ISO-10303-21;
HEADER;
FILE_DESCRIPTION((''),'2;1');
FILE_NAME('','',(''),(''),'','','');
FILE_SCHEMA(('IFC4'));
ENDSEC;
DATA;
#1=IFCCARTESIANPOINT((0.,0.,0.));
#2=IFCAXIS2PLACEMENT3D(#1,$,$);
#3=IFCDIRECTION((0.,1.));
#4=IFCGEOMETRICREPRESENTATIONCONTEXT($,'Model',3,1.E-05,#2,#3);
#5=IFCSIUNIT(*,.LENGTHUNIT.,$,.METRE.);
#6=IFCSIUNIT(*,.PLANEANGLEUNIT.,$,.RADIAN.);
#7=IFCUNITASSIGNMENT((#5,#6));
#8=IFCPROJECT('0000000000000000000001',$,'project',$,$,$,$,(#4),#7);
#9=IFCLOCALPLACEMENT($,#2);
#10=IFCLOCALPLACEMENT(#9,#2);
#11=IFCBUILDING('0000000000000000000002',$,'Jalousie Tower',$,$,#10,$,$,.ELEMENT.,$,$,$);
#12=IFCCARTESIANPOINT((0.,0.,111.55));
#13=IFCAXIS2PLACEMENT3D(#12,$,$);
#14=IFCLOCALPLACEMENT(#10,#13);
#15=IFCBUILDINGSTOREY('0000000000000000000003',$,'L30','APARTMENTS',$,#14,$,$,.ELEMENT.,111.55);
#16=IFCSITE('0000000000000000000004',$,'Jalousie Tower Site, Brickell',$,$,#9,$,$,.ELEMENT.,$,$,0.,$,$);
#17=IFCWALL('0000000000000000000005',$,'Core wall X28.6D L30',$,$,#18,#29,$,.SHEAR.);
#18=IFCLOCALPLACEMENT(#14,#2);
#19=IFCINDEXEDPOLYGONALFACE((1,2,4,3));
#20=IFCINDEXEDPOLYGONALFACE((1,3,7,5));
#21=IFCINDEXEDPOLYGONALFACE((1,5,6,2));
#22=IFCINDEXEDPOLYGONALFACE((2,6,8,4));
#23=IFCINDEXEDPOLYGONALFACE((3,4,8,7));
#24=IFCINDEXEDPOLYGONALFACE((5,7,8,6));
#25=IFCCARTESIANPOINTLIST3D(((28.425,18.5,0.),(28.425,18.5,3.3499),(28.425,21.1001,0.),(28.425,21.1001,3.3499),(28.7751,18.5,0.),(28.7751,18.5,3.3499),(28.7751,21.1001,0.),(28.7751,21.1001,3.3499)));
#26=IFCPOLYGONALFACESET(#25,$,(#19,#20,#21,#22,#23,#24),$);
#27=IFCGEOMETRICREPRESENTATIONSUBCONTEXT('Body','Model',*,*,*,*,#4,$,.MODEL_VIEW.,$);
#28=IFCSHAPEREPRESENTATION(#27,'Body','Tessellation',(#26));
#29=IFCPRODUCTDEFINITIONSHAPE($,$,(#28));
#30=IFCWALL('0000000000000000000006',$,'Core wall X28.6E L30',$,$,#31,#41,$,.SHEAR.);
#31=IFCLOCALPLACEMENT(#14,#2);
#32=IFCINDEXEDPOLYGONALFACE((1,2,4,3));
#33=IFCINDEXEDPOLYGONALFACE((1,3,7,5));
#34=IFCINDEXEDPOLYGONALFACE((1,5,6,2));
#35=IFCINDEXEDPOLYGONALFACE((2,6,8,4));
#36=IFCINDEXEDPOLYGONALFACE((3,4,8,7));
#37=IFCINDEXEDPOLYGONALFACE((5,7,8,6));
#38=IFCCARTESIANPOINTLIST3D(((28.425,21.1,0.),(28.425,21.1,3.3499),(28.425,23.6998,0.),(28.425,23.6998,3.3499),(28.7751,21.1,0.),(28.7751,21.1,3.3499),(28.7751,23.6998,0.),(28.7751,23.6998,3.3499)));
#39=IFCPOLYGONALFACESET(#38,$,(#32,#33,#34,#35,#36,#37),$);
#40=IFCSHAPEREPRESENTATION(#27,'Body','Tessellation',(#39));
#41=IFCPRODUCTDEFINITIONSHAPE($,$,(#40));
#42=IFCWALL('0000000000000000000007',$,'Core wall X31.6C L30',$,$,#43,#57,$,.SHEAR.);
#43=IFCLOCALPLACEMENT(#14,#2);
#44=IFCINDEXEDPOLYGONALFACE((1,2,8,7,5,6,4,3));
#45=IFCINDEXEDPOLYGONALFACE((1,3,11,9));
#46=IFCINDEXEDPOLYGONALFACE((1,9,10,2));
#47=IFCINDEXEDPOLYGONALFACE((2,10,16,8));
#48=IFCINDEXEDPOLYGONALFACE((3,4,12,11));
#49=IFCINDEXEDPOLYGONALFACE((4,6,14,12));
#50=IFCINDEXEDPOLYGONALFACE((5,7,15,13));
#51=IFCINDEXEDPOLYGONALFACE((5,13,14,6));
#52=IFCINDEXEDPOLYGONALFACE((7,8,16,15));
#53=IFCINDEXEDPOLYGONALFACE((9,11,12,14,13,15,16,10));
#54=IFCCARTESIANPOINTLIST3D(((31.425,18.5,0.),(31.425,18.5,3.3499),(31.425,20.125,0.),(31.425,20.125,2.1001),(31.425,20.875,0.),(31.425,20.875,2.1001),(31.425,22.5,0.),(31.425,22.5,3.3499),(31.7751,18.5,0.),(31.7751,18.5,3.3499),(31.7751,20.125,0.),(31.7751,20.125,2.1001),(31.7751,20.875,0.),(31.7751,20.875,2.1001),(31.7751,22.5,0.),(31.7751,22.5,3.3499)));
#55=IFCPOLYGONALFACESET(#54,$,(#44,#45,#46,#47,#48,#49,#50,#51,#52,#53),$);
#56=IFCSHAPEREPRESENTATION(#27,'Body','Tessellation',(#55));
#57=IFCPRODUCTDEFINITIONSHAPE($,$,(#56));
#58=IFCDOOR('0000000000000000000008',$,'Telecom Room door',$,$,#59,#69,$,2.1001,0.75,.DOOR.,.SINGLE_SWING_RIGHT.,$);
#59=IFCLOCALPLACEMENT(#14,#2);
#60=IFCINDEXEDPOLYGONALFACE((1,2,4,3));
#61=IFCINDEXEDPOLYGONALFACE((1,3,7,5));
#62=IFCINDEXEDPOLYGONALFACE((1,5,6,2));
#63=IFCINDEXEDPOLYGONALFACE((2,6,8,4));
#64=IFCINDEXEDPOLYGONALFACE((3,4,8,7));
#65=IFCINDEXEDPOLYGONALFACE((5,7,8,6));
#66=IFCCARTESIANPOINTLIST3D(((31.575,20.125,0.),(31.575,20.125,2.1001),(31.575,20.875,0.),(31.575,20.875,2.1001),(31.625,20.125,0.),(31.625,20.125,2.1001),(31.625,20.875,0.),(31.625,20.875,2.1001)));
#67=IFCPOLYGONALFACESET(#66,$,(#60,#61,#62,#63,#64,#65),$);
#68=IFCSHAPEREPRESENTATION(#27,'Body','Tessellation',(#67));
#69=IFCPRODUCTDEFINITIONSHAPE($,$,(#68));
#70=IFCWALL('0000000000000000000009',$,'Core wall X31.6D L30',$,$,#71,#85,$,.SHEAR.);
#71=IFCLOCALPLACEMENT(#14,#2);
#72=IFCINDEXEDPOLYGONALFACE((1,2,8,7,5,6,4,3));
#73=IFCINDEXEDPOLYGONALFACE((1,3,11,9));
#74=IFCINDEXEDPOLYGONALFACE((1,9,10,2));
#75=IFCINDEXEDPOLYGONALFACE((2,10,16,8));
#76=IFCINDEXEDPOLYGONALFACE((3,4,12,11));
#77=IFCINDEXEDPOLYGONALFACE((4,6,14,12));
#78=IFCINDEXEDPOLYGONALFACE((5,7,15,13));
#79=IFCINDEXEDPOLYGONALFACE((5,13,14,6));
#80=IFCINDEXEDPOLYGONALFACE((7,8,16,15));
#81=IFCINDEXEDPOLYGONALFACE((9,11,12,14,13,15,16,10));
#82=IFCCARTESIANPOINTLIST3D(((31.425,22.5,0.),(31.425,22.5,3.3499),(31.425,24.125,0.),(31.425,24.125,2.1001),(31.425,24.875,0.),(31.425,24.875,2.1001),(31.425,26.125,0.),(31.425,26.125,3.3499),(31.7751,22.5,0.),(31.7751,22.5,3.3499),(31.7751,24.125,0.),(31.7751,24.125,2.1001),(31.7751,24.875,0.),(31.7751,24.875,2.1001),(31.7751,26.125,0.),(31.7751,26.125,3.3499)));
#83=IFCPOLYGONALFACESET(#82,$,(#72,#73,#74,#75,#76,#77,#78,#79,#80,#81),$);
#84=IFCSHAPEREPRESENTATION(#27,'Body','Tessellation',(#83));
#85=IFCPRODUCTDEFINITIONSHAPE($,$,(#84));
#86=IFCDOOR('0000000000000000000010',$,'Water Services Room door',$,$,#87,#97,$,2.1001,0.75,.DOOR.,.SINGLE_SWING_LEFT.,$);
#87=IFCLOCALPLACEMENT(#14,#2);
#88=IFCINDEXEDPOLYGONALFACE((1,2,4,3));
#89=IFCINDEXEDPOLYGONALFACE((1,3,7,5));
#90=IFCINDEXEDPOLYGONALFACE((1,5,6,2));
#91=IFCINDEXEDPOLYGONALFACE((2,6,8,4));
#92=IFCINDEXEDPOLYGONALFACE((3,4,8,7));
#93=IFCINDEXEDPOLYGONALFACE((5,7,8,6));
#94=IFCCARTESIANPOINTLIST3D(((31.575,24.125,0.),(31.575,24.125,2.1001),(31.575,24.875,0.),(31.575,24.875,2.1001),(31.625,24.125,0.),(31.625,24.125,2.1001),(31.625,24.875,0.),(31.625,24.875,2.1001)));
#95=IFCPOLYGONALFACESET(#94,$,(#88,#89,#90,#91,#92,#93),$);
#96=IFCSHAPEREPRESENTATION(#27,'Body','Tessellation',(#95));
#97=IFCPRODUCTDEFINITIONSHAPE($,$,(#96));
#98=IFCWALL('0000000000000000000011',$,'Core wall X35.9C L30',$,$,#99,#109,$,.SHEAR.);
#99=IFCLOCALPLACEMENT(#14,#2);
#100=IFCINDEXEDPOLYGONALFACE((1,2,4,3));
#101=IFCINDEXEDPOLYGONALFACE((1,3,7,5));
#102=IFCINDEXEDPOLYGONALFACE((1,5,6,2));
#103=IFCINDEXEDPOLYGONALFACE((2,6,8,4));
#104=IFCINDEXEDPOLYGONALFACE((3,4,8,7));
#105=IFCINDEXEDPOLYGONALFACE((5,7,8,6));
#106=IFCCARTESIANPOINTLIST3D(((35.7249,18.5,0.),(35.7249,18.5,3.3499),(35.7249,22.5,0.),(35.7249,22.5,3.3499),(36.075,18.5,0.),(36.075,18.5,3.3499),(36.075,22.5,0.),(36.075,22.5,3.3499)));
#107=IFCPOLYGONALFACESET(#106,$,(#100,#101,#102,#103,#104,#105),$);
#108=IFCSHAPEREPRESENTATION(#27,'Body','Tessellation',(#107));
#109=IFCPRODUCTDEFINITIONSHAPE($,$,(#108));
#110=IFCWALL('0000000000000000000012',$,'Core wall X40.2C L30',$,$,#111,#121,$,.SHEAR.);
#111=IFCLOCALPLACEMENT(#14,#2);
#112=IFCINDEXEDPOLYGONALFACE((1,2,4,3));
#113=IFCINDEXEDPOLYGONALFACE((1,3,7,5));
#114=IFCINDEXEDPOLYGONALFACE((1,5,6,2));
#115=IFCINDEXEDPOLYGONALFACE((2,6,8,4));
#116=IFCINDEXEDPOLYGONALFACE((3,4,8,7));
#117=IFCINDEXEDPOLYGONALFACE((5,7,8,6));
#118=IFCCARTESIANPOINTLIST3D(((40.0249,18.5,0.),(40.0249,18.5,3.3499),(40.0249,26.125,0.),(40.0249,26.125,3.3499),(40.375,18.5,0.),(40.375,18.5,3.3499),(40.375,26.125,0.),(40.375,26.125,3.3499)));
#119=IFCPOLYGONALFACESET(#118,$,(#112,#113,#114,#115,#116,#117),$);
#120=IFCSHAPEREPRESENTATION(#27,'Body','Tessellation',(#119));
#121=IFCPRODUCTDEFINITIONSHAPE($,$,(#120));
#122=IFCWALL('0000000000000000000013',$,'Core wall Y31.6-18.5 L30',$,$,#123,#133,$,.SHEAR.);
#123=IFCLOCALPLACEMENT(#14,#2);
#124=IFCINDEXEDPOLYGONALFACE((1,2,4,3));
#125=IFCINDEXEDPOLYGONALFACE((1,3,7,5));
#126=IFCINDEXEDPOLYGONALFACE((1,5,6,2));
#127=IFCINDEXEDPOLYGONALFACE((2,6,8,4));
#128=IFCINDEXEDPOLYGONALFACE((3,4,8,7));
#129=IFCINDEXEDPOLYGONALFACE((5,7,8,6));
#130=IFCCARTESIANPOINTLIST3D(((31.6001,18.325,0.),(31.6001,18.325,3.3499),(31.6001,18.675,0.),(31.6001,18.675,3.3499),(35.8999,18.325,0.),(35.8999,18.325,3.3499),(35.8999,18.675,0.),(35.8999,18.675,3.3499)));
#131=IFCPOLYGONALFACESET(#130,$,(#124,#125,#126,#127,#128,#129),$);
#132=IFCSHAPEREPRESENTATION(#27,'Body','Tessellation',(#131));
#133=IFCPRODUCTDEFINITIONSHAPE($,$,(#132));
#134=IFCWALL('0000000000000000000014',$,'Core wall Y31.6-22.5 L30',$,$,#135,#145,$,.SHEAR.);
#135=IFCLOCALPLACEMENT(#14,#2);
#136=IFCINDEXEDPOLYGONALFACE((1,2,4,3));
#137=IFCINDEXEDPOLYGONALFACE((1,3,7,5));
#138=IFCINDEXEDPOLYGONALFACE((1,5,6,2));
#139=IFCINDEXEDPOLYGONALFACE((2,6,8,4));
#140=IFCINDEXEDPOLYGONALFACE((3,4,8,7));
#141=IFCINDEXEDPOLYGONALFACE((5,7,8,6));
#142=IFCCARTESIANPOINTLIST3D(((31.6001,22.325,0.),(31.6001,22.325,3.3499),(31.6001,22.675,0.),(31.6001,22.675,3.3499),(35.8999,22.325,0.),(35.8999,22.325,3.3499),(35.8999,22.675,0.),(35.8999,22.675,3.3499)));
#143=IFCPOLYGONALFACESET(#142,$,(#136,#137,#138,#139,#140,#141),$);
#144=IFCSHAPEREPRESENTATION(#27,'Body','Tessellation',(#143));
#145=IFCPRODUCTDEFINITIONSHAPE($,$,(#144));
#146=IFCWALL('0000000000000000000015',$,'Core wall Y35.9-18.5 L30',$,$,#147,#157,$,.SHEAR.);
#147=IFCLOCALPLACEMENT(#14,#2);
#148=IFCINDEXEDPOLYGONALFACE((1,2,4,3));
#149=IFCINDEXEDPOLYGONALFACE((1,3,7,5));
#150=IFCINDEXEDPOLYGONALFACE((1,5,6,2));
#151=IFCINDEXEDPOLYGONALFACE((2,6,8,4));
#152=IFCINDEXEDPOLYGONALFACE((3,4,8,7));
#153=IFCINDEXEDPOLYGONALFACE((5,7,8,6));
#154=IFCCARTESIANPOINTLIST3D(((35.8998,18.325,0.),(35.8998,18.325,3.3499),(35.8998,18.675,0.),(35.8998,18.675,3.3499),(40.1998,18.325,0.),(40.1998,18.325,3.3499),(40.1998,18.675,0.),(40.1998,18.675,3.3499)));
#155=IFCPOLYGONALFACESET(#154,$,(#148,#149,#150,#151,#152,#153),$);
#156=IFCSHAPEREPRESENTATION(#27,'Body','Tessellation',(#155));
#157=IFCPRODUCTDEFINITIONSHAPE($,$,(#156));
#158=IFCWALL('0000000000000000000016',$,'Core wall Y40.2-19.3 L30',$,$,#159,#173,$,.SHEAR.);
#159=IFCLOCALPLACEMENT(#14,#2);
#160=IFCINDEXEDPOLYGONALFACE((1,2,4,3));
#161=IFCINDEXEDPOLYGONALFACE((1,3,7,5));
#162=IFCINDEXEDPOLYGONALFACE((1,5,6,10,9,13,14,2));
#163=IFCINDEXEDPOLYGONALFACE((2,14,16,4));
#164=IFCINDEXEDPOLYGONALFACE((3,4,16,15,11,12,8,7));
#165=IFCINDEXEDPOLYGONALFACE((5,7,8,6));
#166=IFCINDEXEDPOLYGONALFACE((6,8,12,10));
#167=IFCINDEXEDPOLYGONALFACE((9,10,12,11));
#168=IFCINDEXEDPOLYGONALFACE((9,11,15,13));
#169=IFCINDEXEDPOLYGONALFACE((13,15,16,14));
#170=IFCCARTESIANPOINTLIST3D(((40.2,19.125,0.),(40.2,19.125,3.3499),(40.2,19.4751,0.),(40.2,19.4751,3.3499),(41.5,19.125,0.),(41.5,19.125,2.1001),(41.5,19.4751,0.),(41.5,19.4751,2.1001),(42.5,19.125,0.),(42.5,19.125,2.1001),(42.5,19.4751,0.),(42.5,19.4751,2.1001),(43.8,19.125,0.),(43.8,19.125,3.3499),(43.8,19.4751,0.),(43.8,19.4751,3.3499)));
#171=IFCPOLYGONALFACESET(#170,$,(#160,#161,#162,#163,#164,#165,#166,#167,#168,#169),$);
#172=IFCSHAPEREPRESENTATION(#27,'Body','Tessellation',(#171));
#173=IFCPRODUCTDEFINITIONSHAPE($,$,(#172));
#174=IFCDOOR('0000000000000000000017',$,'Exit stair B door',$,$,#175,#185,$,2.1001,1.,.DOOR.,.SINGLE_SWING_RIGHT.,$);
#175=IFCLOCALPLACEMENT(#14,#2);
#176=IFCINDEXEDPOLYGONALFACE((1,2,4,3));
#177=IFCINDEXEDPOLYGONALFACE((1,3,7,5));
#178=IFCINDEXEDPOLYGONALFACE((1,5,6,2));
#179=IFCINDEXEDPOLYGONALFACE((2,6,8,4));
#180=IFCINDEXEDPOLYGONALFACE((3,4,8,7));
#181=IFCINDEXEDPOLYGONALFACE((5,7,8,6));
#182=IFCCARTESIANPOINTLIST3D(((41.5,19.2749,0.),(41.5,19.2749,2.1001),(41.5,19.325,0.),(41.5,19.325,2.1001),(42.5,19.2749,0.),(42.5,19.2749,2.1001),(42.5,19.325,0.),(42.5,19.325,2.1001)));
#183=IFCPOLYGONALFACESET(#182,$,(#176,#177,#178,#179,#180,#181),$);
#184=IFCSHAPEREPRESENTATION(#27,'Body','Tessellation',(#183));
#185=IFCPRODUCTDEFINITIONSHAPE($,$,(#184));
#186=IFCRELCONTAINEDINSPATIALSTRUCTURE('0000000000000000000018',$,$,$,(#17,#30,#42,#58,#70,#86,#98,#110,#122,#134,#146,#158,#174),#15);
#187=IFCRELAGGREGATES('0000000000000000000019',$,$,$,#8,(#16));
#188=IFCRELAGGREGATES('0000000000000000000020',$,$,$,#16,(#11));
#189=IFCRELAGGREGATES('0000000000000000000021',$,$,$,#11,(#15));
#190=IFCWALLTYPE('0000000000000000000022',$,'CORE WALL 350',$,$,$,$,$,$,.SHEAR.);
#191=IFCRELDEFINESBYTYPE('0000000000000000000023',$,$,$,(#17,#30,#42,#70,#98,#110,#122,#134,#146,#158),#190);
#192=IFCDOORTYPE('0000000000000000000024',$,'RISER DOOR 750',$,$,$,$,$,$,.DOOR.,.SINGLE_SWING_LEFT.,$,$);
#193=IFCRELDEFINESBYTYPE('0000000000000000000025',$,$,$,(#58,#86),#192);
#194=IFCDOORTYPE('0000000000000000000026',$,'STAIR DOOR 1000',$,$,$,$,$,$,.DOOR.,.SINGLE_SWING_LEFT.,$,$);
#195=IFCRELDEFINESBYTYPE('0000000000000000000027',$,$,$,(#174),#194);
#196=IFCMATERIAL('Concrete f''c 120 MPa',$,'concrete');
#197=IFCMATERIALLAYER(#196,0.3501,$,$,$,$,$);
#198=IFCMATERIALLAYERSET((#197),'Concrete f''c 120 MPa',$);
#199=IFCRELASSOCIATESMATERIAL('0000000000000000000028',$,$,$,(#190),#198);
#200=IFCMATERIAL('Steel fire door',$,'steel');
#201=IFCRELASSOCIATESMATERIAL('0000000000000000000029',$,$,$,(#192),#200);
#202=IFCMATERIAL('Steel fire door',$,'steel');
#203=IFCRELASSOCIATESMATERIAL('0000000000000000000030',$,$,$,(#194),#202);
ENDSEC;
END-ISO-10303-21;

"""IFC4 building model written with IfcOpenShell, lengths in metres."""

from ifc_helpers import new_model, si_unit, direction, frame, frame_2d, origin, place, context, subcontext, project, spatial, rectangle, extrude, material, layer, layer_set, type_object, element, fill, save


model = new_model("IFC4")

# Units and contexts
model_context = context("Model", 3, precision=1e-05, world=origin(), true_north=direction((0.0, 1.0)))
body_context = subcontext(model_context, "Body", "Model", "MODEL_VIEW")
ifc_project = project(units=[si_unit("LENGTHUNIT", "METRE"), si_unit("PLANEANGLEUNIT", "RADIAN")], contexts=[model_context])

# Site, building, storey
site_placement = place(None, origin())
site = spatial("IfcSite", under=ifc_project, at=site_placement, Name="Jalousie Tower Site, Brickell", CompositionType="ELEMENT", RefElevation=0.0)
building_placement = place(site_placement, origin())
building = spatial("IfcBuilding", under=site, at=building_placement, Name="Jalousie Tower", CompositionType="ELEMENT")
storey_placement = place(building_placement, frame((0.0, 0.0, 111.55)))
storey = spatial("IfcBuildingStorey", under=building, at=storey_placement, Name="L30", Description="APARTMENTS", CompositionType="ELEMENT", Elevation=111.55)

# Walls
ifc_material_1 = material(Name="Concrete f'c 120 MPa", Category="concrete")
ifc_layer = layer(ifc_material_1, 0.3501)
ifc_layer_set = layer_set([ifc_layer], Name="Concrete f'c 120 MPa")
wall_type_1 = type_object("IfcWallType", Name="CORE WALL 350", PredefinedType="SHEAR", material=ifc_layer_set)
wall_1_placement = place(storey_placement, frame((28.6001, 18.5, 0.0), z_axis=(0.0, 0.0, 1.0), x_axis=(0.0, 1.0, 0.0)))
element("IfcWall", 1, at=wall_1_placement, inside=storey, type_object=wall_type_1, Name="Core wall X28.6D L30", PredefinedType="SHEAR", context=body_context, shape_type="SweptSolid", body=[
    extrude(rectangle(XDim=2.6001, YDim=0.3501, at=frame_2d((1.3, 0.0))), origin(), (0.0, 0.0, 1.0), 3.3499),
])
wall_2_placement = place(storey_placement, frame((28.6001, 21.1001, 0.0), z_axis=(0.0, 0.0, 1.0), x_axis=(0.0, 1.0, 0.0)))
element("IfcWall", 2, at=wall_2_placement, inside=storey, type_object=wall_type_1, Name="Core wall X28.6E L30", PredefinedType="SHEAR", context=body_context, shape_type="SweptSolid", body=[
    extrude(rectangle(XDim=2.5999, YDim=0.3501, at=frame_2d((1.2998, 0.0))), origin(), (0.0, 0.0, 1.0), 3.3499),
])

# Walls, openings, doors
wall_3_placement = place(storey_placement, frame((31.6001, 18.5, 0.0), z_axis=(0.0, 0.0, 1.0), x_axis=(0.0, 1.0, 0.0)))
wall_3 = element("IfcWall", 3, at=wall_3_placement, inside=storey, type_object=wall_type_1, Name="Core wall X31.6C L30", PredefinedType="SHEAR", context=body_context, shape_type="SweptSolid", body=[
    extrude(rectangle(XDim=4.0, YDim=0.3501, at=frame_2d((2.0, 0.0))), origin(), (0.0, 0.0, 1.0), 3.3499),
])
opening_1_placement = place(wall_3_placement, frame((1.625, 0.0, 0.0)))
opening_1 = element("IfcOpeningElement", 4, at=opening_1_placement, cuts=wall_3, PredefinedType="OPENING", context=body_context, shape_type="SweptSolid", body=[
    extrude(rectangle(XDim=0.75, YDim=2.1001, at=frame_2d((0.375, 1.05))), frame((0.0, 0.1851, 0.0), z_axis=(0.0, -1.0, 0.0), x_axis=(1.0, 0.0, 0.0)), (0.0, 0.0, 1.0), 0.3701),
])
ifc_material_2 = material(Name="Steel fire door", Category="steel")
door_type_1 = type_object("IfcDoorType", Name="RISER DOOR 750", OperationType="SINGLE_SWING_LEFT", PredefinedType="DOOR", material=ifc_material_2)
door_1_placement = place(opening_1_placement, frame((0.75, 0.0, 0.0), z_axis=(0.0, 0.0, 1.0), x_axis=(-1.0, 0.0, 0.0)))
door_1 = element("IfcDoor", 5, at=door_1_placement, inside=storey, type_object=door_type_1, Name="Telecom Room door", OperationType="SINGLE_SWING_RIGHT", OverallHeight=2.1001, OverallWidth=0.75, PredefinedType="DOOR", context=body_context, shape_type="SweptSolid", body=[
    extrude(rectangle(XDim=0.75, YDim=2.1001, at=frame_2d((0.375, 1.05))), frame((0.0, 0.0249, 0.0), z_axis=(0.0, -1.0, 0.0), x_axis=(1.0, 0.0, 0.0)), (0.0, 0.0, 1.0), 0.05),
])
fill(opening_1, door_1)
wall_4_placement = place(storey_placement, frame((31.6001, 22.5, 0.0), z_axis=(0.0, 0.0, 1.0), x_axis=(0.0, 1.0, 0.0)))
wall_4 = element("IfcWall", 6, at=wall_4_placement, inside=storey, type_object=wall_type_1, Name="Core wall X31.6D L30", PredefinedType="SHEAR", context=body_context, shape_type="SweptSolid", body=[
    extrude(rectangle(XDim=3.625, YDim=0.3501, at=frame_2d((1.8125, 0.0))), origin(), (0.0, 0.0, 1.0), 3.3499),
])
opening_2_placement = place(wall_4_placement, frame((1.625, 0.0, 0.0)))
opening_2 = element("IfcOpeningElement", 7, at=opening_2_placement, cuts=wall_4, PredefinedType="OPENING", context=body_context, shape_type="SweptSolid", body=[
    extrude(rectangle(XDim=0.75, YDim=2.1001, at=frame_2d((0.375, 1.05))), frame((0.0, 0.1851, 0.0), z_axis=(0.0, -1.0, 0.0), x_axis=(1.0, 0.0, 0.0)), (0.0, 0.0, 1.0), 0.3701),
])
door_2_placement = place(opening_2_placement, frame((0.75, 0.0, 0.0), z_axis=(0.0, 0.0, 1.0), x_axis=(-1.0, 0.0, 0.0)))
door_2 = element("IfcDoor", 8, at=door_2_placement, inside=storey, type_object=door_type_1, Name="Water Services Room door", OperationType="SINGLE_SWING_LEFT", OverallHeight=2.1001, OverallWidth=0.75, PredefinedType="DOOR", context=body_context, shape_type="SweptSolid", body=[
    extrude(rectangle(XDim=0.75, YDim=2.1001, at=frame_2d((0.375, 1.05))), frame((0.0, 0.0249, 0.0), z_axis=(0.0, -1.0, 0.0), x_axis=(1.0, 0.0, 0.0)), (0.0, 0.0, 1.0), 0.05),
])
fill(opening_2, door_2)

# Walls
wall_5_placement = place(storey_placement, frame((35.8999, 18.5, 0.0), z_axis=(0.0, 0.0, 1.0), x_axis=(0.0, 1.0, 0.0)))
element("IfcWall", 9, at=wall_5_placement, inside=storey, type_object=wall_type_1, Name="Core wall X35.9C L30", PredefinedType="SHEAR", context=body_context, shape_type="SweptSolid", body=[
    extrude(rectangle(XDim=4.0, YDim=0.3501, at=frame_2d((2.0, 0.0))), origin(), (0.0, 0.0, 1.0), 3.3499),
])
wall_6_placement = place(storey_placement, frame((40.2, 18.5, 0.0), z_axis=(0.0, 0.0, 1.0), x_axis=(0.0, 1.0, 0.0)))
element("IfcWall", 10, at=wall_6_placement, inside=storey, type_object=wall_type_1, Name="Core wall X40.2C L30", PredefinedType="SHEAR", context=body_context, shape_type="SweptSolid", body=[
    extrude(rectangle(XDim=7.625, YDim=0.3501, at=frame_2d((3.8125, 0.0))), origin(), (0.0, 0.0, 1.0), 3.3499),
])
for number, where, z_axis, x_axis, name in (
    (11, (31.6001, 18.5, 0.0), (0.0, 0.0, 1.0), (1.0, 0.0, 0.0), "Core wall Y31.6-18.5 L30"),
    (12, (31.6001, 22.5, 0.0), (0.0, 0.0, 1.0), (1.0, 0.0, 0.0), "Core wall Y31.6-22.5 L30"),
):
    element("IfcWall", number, at=place(storey_placement, frame(where, z_axis=z_axis, x_axis=x_axis)), inside=storey, type_object=wall_type_1, Name=name, PredefinedType="SHEAR", context=body_context, shape_type="SweptSolid", body=[
        extrude(rectangle(XDim=4.2998, YDim=0.3501, at=frame_2d((2.1499, 0.0))), origin(), (0.0, 0.0, 1.0), 3.3499),
    ])
wall_7_placement = place(storey_placement, frame((35.8999, 18.5, 0.0), z_axis=(0.0, 0.0, 1.0), x_axis=(1.0, 0.0, 0.0)))
element("IfcWall", 13, at=wall_7_placement, inside=storey, type_object=wall_type_1, Name="Core wall Y35.9-18.5 L30", PredefinedType="SHEAR", context=body_context, shape_type="SweptSolid", body=[
    extrude(rectangle(XDim=4.3, YDim=0.3501, at=frame_2d((2.1499, 0.0))), origin(), (0.0, 0.0, 1.0), 3.3499),
])

# Wall, opening, door
wall_8_placement = place(storey_placement, frame((40.2, 19.3, 0.0), z_axis=(0.0, 0.0, 1.0), x_axis=(1.0, 0.0, 0.0)))
wall_8 = element("IfcWall", 14, at=wall_8_placement, inside=storey, type_object=wall_type_1, Name="Core wall Y40.2-19.3 L30", PredefinedType="SHEAR", context=body_context, shape_type="SweptSolid", body=[
    extrude(rectangle(XDim=3.6001, YDim=0.3501, at=frame_2d((1.8, 0.0))), origin(), (0.0, 0.0, 1.0), 3.3499),
])
opening_3_placement = place(wall_8_placement, frame((1.3, 0.0, 0.0)))
opening_3 = element("IfcOpeningElement", 15, at=opening_3_placement, cuts=wall_8, PredefinedType="OPENING", context=body_context, shape_type="SweptSolid", body=[
    extrude(rectangle(XDim=1.0, YDim=2.1001, at=frame_2d((0.5, 1.05))), frame((0.0, 0.1851, 0.0), z_axis=(0.0, -1.0, 0.0), x_axis=(1.0, 0.0, 0.0)), (0.0, 0.0, 1.0), 0.3701),
])
ifc_material_3 = material(Name="Steel fire door", Category="steel")
door_type_2 = type_object("IfcDoorType", Name="STAIR DOOR 1000", OperationType="SINGLE_SWING_LEFT", PredefinedType="DOOR", material=ifc_material_3)
door_3_placement = place(opening_3_placement, origin())
door_3 = element("IfcDoor", 16, at=door_3_placement, inside=storey, type_object=door_type_2, Name="Exit stair B door", OperationType="SINGLE_SWING_RIGHT", OverallHeight=2.1001, OverallWidth=1.0, PredefinedType="DOOR", context=body_context, shape_type="SweptSolid", body=[
    extrude(rectangle(XDim=1.0, YDim=2.1001, at=frame_2d((0.5, 1.05))), frame((0.0, 0.0249, 0.0), z_axis=(0.0, -1.0, 0.0), x_axis=(1.0, 0.0, 0.0)), (0.0, 0.0, 1.0), 0.05),
])
fill(opening_3, door_3)

save(model, "model.ifc")
